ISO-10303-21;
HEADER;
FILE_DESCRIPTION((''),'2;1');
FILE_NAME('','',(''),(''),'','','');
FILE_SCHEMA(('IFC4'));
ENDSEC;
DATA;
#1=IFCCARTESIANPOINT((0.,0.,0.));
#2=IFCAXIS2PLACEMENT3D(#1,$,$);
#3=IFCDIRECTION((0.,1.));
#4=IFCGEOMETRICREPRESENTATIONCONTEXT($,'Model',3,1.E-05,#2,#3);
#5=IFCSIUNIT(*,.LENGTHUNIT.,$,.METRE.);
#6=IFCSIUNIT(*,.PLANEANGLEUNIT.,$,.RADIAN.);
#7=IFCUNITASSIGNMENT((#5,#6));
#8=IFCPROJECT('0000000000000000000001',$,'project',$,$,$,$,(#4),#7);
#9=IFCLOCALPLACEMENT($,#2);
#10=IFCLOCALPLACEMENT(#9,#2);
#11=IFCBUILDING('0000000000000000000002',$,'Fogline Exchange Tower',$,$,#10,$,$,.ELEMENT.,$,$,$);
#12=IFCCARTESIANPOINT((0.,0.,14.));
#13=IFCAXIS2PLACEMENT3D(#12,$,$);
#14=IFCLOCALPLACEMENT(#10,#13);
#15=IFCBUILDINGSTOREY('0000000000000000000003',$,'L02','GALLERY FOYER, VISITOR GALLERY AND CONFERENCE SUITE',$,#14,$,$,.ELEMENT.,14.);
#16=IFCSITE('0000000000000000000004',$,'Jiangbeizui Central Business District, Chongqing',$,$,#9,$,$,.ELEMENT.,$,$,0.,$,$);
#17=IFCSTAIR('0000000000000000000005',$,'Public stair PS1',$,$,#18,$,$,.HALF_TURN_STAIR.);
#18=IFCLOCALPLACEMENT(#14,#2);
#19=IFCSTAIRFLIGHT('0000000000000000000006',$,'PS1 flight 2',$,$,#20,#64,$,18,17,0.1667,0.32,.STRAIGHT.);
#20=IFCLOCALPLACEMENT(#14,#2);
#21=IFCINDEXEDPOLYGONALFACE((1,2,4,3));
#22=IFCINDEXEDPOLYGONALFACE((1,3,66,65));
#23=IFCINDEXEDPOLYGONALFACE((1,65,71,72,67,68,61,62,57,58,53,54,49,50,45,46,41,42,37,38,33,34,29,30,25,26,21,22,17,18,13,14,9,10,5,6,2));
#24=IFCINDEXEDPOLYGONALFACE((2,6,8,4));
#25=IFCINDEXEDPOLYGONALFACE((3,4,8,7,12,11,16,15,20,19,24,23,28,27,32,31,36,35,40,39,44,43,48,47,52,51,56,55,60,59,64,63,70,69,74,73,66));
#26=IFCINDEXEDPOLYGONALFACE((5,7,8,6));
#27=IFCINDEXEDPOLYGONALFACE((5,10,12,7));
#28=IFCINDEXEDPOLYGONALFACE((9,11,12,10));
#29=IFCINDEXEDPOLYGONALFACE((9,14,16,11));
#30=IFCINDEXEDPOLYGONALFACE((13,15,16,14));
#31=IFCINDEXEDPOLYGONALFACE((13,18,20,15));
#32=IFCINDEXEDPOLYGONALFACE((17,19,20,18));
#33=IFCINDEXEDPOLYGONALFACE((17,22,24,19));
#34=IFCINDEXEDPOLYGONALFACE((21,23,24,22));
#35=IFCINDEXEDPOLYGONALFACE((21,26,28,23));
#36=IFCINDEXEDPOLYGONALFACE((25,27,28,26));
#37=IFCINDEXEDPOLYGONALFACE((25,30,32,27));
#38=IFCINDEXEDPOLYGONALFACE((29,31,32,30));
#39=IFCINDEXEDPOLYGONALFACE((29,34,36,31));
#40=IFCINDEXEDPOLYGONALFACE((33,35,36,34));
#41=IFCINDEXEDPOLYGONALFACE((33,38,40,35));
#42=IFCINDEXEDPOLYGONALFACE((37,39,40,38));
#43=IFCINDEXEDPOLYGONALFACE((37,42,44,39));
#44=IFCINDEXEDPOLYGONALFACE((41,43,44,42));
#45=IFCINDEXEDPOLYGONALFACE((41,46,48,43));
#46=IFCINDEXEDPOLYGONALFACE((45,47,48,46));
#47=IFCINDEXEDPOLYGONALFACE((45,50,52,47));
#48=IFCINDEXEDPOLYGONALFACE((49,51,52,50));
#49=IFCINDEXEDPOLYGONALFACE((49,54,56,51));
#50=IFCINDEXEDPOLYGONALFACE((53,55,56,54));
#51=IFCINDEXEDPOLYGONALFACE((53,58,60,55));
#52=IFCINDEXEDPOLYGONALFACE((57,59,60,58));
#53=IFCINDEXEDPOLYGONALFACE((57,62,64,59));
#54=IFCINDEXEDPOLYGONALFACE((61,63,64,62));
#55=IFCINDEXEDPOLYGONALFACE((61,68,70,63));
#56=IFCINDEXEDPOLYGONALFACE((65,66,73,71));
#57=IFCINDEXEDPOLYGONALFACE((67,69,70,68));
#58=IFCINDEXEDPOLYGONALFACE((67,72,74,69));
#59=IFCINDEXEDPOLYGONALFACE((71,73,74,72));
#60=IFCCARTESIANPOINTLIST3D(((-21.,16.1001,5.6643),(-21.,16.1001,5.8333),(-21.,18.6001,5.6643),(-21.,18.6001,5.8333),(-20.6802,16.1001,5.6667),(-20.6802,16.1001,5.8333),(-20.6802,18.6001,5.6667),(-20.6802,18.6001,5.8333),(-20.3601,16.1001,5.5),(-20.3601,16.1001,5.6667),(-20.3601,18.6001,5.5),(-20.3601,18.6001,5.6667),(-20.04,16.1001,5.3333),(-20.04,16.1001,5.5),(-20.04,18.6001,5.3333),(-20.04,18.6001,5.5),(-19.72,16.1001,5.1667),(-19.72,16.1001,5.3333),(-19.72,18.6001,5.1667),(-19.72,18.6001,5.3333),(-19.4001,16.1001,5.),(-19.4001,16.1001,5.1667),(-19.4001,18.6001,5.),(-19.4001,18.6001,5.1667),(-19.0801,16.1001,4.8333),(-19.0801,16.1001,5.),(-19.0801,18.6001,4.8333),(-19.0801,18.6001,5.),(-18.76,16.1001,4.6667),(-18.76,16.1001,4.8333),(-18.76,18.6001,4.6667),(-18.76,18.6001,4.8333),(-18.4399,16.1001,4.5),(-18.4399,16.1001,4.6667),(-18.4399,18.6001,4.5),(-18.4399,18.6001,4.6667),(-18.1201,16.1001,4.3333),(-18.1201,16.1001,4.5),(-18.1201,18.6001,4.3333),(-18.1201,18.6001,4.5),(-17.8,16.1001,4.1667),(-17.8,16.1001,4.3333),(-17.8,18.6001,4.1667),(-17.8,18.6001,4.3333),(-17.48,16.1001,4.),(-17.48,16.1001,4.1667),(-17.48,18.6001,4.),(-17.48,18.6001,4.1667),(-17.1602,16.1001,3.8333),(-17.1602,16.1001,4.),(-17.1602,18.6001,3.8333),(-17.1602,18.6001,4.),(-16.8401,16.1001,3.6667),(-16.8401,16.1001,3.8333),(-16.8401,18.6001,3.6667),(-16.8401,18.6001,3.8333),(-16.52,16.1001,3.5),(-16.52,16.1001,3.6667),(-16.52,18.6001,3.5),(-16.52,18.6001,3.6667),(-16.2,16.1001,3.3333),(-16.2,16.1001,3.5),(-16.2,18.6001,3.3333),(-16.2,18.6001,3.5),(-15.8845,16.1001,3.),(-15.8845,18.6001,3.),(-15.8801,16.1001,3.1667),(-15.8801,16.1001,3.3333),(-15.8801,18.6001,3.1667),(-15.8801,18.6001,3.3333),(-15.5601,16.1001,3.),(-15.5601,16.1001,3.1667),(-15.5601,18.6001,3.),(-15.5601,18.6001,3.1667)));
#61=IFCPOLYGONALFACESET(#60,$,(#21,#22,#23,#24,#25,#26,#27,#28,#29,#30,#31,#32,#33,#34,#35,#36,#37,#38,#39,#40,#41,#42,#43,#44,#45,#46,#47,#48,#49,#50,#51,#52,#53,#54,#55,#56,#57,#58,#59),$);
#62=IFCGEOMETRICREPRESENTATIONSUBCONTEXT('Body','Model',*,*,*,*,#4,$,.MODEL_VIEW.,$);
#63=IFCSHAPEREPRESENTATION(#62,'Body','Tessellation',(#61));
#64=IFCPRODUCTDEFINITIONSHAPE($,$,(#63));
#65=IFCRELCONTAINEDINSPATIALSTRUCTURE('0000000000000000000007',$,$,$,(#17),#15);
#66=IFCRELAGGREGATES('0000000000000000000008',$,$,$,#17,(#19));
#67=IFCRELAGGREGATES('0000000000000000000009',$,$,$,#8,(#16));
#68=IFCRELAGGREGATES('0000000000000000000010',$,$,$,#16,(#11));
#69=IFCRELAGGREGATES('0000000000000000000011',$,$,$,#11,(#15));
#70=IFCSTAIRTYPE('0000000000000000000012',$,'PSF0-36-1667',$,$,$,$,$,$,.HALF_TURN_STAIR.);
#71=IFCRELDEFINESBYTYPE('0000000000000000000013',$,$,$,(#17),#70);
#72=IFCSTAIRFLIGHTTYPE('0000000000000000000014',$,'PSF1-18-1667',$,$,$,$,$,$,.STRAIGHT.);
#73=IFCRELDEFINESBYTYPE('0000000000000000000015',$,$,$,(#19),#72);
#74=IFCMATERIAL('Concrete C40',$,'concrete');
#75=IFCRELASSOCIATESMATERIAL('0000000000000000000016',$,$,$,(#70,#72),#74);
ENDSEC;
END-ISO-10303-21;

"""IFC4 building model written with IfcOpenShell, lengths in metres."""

from ifc_helpers import new_model, si_unit, direction, frame, origin, place, context, subcontext, project, spatial, polyline, outline, extrude, material, type_object, element, aggregate, save


model = new_model("IFC4")

# Units and contexts
model_context = context("Model", 3, precision=1e-05, world=origin(), true_north=direction((0.0, 1.0)))
body_context = subcontext(model_context, "Body", "Model", "MODEL_VIEW")
ifc_project = project(units=[si_unit("LENGTHUNIT", "METRE"), si_unit("PLANEANGLEUNIT", "RADIAN")], contexts=[model_context])

# Site, building, storey
site_placement = place(None, origin())
site = spatial("IfcSite", under=ifc_project, at=site_placement, Name="Jiangbeizui Central Business District, Chongqing", CompositionType="ELEMENT", RefElevation=0.0)
building_placement = place(site_placement, origin())
building = spatial("IfcBuilding", under=site, at=building_placement, Name="Fogline Exchange Tower", CompositionType="ELEMENT")
storey_placement = place(building_placement, frame((0.0, 0.0, 14.0)))
storey = spatial("IfcBuildingStorey", under=building, at=storey_placement, Name="L02", Description="GALLERY FOYER, VISITOR GALLERY AND CONFERENCE SUITE", CompositionType="ELEMENT", Elevation=14.0)

# Shared definitions
ifc_material_1 = material(Name="Concrete C40", Category="concrete")

# Stair, stair flight
stair_type = type_object("IfcStairType", Name="PSF0-36-1667", PredefinedType="HALF_TURN_STAIR", material=ifc_material_1)
stair_placement = place(storey_placement, origin())
stair = element("IfcStair", 1, at=stair_placement, inside=storey, type_object=stair_type, Name="Public stair PS1", PredefinedType="HALF_TURN_STAIR")
stair_flight_type = type_object("IfcStairFlightType", Name="PSF1-18-1667", PredefinedType="STRAIGHT", material=ifc_material_1)
stair_flight_placement = place(storey_placement, frame((-15.5601, 17.3501, 3.0), z_axis=(0.0, 0.0, 1.0), x_axis=(-1.0, 0.0, 0.0)))
stair_flight = element("IfcStairFlight", 2, at=stair_flight_placement, type_object=stair_flight_type, Name="PS1 flight 2", NumberOfRisers=18, NumberOfTreads=17, PredefinedType="STRAIGHT", RiserHeight=0.1667, TreadLength=0.32, context=body_context, shape_type="SweptSolid", body=[
    extrude(outline(polyline([(0.0, 0.0), (0.0, 0.1667), (0.3201, 0.1667), (0.3201, 0.3333), (0.6399, 0.3333), (0.6399, 0.5), (0.96, 0.5), (0.96, 0.6667), (1.28, 0.6667), (1.28, 0.8333), (1.6001, 0.8333), (1.6001, 1.0), (1.9199, 1.0), (1.9199, 1.1667), (2.24, 1.1667), (2.24, 1.3333), (2.5601, 1.3333), (2.5601, 1.5), (2.8799, 1.5), (2.8799, 1.6667), (3.2, 1.6667), (3.2, 1.8333), (3.52, 1.8333), (3.52, 2.0), (3.8401, 2.0), (3.8401, 2.1667), (4.1599, 2.1667), (4.1599, 2.3333), (4.48, 2.3333), (4.48, 2.5), (4.8, 2.5), (4.8, 2.6667), (5.1201, 2.6667), (5.1201, 2.8333), (5.4399, 2.8333), (5.4399, 3.0), (5.4399, 2.6643), (0.3245, 0.0), (0.0, 0.0)])), frame((0.0, 1.25, 0.0), z_axis=(0.0, -1.0, 0.0), x_axis=(1.0, 0.0, 0.0)), (0.0, 0.0, 1.0), 2.5),
])
aggregate(stair, [stair_flight])

save(model, "model.ifc")
